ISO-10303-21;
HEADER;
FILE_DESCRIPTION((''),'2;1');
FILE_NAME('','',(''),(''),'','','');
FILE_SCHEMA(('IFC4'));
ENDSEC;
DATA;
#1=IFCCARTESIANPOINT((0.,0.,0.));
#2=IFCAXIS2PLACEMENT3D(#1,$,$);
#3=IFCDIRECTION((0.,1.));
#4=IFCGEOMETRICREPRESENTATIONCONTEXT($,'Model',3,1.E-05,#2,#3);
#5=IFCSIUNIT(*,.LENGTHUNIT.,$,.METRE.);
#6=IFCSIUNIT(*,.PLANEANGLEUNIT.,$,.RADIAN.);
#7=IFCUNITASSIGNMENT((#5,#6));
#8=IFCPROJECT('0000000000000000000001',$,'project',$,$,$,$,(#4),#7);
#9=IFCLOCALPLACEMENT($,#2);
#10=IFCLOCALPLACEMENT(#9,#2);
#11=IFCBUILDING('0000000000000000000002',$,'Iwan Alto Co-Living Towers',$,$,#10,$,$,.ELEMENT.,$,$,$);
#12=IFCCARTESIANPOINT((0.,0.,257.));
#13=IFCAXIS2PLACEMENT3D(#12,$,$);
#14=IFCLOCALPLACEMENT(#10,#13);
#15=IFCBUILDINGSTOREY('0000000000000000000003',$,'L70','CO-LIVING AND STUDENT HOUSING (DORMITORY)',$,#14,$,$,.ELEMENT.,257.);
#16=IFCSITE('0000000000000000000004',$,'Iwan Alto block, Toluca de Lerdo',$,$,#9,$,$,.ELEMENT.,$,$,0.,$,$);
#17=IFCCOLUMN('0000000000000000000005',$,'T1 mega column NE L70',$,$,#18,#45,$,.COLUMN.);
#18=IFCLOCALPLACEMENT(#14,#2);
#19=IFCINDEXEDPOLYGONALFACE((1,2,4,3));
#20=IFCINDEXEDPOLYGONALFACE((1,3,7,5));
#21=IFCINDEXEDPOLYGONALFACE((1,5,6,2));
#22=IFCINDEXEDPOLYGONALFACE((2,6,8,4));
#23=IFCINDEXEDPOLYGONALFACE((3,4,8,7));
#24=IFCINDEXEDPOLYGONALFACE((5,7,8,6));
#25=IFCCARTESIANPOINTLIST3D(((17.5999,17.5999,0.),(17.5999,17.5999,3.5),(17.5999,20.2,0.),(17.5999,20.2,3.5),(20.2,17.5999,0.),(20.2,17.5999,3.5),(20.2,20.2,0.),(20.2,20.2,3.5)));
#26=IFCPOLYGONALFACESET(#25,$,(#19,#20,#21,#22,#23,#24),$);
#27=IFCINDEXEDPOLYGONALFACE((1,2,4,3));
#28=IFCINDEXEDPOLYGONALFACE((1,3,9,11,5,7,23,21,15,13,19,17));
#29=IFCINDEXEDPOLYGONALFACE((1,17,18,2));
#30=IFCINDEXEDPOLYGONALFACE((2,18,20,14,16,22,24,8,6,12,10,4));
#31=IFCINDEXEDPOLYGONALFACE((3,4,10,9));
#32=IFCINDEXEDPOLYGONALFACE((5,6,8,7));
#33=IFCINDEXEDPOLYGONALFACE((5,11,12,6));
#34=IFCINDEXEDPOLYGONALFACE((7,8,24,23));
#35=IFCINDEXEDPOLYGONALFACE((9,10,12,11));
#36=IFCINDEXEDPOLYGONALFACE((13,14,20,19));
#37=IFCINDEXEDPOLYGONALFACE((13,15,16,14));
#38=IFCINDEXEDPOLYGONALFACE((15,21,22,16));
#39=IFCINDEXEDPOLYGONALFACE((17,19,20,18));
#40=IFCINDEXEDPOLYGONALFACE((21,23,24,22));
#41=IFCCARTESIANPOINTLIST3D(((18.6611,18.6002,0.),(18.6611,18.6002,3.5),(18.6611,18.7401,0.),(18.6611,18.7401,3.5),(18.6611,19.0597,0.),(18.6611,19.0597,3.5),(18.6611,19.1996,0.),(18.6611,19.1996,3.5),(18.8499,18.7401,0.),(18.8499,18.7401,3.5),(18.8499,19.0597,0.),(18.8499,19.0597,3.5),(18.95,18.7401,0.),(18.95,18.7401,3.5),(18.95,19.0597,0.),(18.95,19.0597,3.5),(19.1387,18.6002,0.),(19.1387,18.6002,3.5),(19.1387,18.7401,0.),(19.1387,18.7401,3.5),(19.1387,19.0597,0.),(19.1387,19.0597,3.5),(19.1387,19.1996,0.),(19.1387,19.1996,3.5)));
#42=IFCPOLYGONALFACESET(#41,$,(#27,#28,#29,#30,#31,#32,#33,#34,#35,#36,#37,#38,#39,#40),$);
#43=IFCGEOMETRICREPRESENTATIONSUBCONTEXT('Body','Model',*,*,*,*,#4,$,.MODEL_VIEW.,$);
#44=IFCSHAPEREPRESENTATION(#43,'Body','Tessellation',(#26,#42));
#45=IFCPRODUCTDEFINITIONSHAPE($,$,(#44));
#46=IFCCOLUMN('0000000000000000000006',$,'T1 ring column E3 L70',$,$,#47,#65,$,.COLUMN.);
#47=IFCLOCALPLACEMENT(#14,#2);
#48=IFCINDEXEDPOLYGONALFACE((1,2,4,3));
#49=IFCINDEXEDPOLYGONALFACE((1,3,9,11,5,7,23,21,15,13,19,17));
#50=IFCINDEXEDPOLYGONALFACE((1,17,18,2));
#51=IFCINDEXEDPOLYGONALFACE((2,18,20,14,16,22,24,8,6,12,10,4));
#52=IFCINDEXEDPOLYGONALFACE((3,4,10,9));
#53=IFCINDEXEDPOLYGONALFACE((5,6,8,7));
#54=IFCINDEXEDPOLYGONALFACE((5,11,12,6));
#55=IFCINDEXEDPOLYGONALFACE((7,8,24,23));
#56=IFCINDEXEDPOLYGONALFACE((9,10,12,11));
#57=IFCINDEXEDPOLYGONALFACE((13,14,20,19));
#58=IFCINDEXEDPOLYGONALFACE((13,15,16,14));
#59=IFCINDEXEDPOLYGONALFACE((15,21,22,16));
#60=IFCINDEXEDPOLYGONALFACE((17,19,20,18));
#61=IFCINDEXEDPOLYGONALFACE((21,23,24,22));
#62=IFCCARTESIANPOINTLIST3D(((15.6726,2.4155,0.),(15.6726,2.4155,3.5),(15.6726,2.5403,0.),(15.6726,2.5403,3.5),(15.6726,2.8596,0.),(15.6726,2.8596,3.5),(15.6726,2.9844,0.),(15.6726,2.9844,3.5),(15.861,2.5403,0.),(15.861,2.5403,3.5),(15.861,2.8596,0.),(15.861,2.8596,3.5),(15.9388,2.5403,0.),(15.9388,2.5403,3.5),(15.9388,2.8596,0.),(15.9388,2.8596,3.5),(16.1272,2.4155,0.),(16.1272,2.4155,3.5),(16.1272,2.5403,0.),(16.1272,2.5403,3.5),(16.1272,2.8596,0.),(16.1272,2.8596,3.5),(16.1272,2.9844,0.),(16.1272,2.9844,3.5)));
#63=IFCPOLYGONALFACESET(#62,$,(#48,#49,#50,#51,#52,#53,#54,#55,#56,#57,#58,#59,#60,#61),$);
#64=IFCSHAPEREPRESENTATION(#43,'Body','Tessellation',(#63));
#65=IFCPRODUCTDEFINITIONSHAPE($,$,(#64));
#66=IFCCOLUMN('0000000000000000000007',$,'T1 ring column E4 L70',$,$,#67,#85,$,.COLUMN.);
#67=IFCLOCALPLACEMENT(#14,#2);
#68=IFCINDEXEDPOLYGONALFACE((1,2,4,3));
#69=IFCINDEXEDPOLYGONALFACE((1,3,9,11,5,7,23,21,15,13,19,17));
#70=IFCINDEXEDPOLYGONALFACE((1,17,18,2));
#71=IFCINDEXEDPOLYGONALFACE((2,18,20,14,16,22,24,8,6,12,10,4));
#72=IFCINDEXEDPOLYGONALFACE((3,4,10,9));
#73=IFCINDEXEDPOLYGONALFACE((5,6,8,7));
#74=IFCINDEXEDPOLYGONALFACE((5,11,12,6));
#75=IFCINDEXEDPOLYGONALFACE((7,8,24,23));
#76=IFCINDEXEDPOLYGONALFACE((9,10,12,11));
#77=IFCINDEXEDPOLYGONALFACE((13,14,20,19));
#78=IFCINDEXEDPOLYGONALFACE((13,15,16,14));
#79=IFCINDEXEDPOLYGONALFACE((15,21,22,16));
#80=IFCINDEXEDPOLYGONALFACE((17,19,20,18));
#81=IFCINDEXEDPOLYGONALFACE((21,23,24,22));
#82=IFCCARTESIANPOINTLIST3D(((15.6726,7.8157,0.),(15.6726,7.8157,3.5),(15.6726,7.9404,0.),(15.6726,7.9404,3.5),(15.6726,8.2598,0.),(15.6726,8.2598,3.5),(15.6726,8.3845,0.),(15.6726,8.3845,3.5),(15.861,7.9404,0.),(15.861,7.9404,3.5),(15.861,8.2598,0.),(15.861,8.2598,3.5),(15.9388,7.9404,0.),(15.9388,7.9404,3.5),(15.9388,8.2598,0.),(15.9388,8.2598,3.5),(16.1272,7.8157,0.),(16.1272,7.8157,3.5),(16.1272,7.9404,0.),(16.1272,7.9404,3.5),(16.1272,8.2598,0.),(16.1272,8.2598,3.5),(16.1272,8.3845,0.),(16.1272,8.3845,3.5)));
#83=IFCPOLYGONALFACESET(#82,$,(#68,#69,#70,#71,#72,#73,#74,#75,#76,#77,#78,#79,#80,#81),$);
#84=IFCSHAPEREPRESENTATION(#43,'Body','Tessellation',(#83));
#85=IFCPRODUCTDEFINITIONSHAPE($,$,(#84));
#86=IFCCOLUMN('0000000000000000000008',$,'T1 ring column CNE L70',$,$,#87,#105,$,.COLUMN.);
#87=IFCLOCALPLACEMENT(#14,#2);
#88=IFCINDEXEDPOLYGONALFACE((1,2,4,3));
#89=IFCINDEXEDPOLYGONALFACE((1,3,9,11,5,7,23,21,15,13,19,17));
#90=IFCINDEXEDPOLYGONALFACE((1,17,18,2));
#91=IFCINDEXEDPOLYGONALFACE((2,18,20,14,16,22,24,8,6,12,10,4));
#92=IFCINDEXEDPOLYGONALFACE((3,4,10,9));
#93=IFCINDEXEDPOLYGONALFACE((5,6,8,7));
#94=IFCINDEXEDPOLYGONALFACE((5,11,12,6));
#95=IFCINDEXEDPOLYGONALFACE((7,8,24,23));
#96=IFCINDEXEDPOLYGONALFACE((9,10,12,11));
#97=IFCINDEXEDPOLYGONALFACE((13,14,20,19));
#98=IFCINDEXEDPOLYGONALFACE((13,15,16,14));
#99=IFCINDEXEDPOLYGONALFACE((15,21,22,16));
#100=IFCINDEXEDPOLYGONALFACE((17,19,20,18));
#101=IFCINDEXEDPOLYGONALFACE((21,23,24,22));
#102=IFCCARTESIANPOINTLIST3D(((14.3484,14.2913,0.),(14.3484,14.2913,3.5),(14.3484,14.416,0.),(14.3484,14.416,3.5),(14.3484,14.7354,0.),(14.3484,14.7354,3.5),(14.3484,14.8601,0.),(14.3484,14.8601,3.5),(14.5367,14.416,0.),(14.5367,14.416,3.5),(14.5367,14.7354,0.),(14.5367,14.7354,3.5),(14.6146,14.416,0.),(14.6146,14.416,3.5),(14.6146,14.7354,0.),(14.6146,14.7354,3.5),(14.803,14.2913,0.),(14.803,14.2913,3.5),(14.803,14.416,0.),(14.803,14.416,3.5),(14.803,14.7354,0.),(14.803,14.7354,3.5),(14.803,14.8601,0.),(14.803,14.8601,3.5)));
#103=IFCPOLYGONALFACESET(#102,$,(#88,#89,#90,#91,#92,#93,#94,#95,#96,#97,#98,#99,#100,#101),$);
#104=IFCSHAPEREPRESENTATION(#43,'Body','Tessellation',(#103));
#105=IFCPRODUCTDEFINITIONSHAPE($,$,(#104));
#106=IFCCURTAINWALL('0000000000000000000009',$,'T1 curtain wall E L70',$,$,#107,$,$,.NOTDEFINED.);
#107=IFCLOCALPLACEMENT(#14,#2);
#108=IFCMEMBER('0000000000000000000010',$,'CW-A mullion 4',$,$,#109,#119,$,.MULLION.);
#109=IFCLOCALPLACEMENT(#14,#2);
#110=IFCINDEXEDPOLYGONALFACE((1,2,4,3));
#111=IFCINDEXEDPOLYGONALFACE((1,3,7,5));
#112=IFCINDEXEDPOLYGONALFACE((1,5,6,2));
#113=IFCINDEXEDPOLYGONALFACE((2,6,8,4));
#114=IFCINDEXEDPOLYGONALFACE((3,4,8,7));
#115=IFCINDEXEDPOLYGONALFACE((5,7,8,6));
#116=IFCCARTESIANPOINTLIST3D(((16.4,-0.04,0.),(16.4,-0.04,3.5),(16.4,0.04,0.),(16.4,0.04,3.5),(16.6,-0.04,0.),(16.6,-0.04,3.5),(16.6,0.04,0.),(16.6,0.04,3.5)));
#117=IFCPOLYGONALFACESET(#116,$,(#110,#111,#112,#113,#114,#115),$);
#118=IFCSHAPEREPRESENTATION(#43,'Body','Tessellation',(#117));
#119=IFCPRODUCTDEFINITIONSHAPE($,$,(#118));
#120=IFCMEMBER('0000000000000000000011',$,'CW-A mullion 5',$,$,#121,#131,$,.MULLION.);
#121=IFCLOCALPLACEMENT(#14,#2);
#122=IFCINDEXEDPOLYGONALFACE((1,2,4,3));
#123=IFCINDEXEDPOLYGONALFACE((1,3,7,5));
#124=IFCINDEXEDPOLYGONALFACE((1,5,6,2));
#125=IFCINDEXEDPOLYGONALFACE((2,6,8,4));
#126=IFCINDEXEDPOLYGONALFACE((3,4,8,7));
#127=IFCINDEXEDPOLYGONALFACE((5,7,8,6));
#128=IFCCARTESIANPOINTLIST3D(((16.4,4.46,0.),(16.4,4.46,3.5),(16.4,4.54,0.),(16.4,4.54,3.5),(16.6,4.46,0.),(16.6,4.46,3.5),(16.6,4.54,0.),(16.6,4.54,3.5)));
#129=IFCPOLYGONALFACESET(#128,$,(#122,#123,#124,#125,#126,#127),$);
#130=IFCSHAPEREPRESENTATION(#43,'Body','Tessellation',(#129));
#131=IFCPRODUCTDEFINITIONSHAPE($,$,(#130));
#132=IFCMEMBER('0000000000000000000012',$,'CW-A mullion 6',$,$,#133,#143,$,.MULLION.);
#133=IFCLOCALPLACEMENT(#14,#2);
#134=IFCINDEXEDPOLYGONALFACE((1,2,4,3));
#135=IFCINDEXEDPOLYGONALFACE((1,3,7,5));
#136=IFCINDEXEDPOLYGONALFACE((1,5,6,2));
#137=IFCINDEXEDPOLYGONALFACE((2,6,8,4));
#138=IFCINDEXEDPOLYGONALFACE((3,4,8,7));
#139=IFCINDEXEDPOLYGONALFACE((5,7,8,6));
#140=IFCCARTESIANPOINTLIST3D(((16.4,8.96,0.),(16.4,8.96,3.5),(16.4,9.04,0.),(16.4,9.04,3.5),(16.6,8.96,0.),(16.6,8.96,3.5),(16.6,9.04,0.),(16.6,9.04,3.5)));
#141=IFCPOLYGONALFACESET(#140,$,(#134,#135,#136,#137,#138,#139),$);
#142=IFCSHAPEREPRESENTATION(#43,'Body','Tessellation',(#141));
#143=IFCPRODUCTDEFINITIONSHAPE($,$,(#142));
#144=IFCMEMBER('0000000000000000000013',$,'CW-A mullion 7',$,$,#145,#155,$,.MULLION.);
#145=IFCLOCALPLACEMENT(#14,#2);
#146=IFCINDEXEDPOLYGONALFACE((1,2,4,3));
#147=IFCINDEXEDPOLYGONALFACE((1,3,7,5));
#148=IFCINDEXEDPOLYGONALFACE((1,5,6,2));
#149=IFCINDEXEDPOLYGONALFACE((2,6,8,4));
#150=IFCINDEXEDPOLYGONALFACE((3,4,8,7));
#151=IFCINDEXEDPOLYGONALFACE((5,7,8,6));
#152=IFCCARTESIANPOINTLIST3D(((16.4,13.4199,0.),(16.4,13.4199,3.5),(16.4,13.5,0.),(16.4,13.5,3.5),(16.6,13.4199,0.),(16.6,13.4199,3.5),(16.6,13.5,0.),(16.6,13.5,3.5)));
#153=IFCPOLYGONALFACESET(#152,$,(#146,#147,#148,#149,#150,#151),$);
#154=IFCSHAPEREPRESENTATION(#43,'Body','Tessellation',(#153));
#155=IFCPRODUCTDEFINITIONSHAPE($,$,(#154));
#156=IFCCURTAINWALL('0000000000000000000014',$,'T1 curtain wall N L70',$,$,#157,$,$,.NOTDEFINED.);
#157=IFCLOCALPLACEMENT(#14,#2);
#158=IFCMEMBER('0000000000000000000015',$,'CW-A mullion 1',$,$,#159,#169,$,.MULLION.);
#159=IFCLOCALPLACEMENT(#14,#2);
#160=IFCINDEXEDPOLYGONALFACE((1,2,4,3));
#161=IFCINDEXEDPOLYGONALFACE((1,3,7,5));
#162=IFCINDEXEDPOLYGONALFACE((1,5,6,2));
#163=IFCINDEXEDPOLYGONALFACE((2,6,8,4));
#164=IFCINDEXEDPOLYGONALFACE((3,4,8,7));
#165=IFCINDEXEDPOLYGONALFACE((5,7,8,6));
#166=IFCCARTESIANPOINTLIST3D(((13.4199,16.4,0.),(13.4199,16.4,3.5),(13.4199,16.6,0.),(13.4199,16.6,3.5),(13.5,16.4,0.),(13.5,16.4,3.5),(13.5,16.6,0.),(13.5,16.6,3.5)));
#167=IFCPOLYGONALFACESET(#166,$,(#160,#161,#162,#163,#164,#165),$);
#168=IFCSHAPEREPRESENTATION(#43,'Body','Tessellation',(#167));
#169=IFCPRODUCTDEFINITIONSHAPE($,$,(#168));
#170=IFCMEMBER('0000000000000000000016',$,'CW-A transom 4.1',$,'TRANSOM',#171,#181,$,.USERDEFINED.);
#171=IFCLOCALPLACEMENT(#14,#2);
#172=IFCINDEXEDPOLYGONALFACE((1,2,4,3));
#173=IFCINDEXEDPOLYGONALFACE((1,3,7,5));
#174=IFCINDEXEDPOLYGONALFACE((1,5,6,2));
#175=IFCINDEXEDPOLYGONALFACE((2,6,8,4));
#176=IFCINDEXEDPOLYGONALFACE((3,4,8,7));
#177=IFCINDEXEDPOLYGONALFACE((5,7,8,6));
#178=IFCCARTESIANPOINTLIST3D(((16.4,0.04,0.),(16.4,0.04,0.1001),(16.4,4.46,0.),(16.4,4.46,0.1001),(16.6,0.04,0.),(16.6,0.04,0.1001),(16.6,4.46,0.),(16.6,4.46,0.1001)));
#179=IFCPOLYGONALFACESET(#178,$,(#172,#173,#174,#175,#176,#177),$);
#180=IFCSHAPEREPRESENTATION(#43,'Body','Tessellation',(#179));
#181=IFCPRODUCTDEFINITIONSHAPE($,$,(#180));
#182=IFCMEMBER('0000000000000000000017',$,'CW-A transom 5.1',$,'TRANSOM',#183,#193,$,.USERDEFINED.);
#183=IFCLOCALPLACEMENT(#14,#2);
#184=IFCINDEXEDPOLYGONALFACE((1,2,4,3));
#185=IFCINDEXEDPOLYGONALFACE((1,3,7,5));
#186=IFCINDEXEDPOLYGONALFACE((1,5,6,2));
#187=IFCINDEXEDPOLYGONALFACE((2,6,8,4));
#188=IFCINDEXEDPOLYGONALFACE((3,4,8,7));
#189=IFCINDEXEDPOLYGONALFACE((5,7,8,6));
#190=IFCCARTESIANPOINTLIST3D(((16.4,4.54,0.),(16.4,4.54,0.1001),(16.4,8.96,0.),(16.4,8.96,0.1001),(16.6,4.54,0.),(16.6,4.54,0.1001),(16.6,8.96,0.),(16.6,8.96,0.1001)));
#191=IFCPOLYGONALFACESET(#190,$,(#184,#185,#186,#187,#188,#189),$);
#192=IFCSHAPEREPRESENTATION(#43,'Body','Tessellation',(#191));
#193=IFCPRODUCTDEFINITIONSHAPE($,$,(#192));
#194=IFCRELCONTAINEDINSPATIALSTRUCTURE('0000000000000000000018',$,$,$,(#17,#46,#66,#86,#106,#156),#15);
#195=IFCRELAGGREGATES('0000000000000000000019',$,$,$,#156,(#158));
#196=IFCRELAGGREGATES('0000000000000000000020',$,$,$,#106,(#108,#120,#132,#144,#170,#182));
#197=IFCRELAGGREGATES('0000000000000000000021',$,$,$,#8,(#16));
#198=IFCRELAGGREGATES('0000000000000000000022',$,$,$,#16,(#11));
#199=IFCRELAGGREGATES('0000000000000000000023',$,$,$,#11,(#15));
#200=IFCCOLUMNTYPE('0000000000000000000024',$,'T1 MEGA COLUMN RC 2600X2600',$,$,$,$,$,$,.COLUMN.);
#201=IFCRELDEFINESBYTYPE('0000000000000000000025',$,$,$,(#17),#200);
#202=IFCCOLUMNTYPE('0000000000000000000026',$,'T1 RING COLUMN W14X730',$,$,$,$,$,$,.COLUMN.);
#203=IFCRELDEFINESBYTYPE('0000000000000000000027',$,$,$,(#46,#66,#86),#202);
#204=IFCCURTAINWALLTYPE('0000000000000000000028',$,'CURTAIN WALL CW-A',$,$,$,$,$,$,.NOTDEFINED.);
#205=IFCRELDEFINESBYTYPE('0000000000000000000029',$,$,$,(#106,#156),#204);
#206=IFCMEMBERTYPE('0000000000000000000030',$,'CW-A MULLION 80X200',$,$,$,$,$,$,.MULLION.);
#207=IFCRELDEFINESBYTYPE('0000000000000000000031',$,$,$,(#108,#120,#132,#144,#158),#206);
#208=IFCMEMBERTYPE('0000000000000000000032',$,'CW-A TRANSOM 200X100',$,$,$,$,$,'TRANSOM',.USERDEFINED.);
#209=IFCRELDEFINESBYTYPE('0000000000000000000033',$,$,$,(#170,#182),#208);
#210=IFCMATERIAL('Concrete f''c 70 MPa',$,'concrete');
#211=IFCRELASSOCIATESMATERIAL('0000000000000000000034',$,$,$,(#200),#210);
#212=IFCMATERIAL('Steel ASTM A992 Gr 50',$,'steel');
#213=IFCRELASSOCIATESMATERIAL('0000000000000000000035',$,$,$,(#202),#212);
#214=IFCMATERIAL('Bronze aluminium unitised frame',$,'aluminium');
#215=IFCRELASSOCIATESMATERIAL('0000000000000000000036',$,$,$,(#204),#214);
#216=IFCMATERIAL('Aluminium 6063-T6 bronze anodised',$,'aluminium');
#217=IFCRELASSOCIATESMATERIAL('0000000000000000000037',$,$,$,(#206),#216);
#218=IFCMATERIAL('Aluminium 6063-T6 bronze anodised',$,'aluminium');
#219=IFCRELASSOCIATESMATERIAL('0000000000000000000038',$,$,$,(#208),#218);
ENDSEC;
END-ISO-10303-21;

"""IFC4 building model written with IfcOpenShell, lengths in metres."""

from ifc_helpers import new_model, si_unit, direction, frame, origin, origin_2d, place, context, subcontext, project, spatial, rectangle, i_section, extrude, material, material_profile, profile_set, type_object, element, aggregate, save


model = new_model("IFC4")

# Units and contexts
model_context = context("Model", 3, precision=1e-05, world=origin(), true_north=direction((0.0, 1.0)))
body_context = subcontext(model_context, "Body", "Model", "MODEL_VIEW")
ifc_project = project(units=[si_unit("LENGTHUNIT", "METRE"), si_unit("PLANEANGLEUNIT", "RADIAN")], contexts=[model_context])

# Site, building, storey
site_placement = place(None, origin())
site = spatial("IfcSite", under=ifc_project, at=site_placement, Name="Iwan Alto block, Toluca de Lerdo", CompositionType="ELEMENT", RefElevation=0.0)
building_placement = place(site_placement, origin())
building = spatial("IfcBuilding", under=site, at=building_placement, Name="Iwan Alto Co-Living Towers", CompositionType="ELEMENT")
storey_placement = place(building_placement, frame((0.0, 0.0, 257.0)))
storey = spatial("IfcBuildingStorey", under=building, at=storey_placement, Name="L70", Description="CO-LIVING AND STUDENT HOUSING (DORMITORY)", CompositionType="ELEMENT", Elevation=257.0)

# Columns
ifc_material_1 = material(Name="Concrete f'c 70 MPa", Category="concrete")
ifc_material_profile_1 = material_profile(ifc_material_1, rectangle(XDim=2.6001, YDim=2.6001, at=origin_2d()), Name="RC 2600X2600")
ifc_profile_set_1 = profile_set([ifc_material_profile_1], Name="Concrete f'c 70 MPa")
column_type_1 = type_object("IfcColumnType", Name="T1 MEGA COLUMN RC 2600X2600", PredefinedType="COLUMN", material=ifc_profile_set_1)
column_placement = place(storey_placement, frame((18.8999, 18.8999, 0.0), z_axis=(0.0, 0.0, 1.0), x_axis=(1.0, 0.0, 0.0)))
element("IfcColumn", 1, at=column_placement, inside=storey, type_object=column_type_1, Name="T1 mega column NE L70", PredefinedType="COLUMN", context=body_context, shape_type="SweptSolid", body=[
    extrude(rectangle(XDim=2.6001, YDim=2.6001, at=origin_2d()), origin(), (0.0, 0.0, 1.0), 3.5),
    extrude(i_section(OverallWidth=0.4775, OverallDepth=0.5994, WebThickness=0.1001, FlangeThickness=0.1399, at=origin_2d()), origin(), (0.0, 0.0, 1.0), 3.5),
])
ifc_material_2 = material(Name="Steel ASTM A992 Gr 50", Category="steel")
ifc_material_profile_2 = material_profile(ifc_material_2, i_section(OverallWidth=0.4546, OverallDepth=0.5688, WebThickness=0.0779, FlangeThickness=0.1248, at=origin_2d()), Name="W14X730")
ifc_profile_set_2 = profile_set([ifc_material_profile_2], Name="Steel ASTM A992 Gr 50")
column_type_2 = type_object("IfcColumnType", Name="T1 RING COLUMN W14X730", PredefinedType="COLUMN", material=ifc_profile_set_2)
for number, where, z_axis, x_axis, name in (
    (2, (15.8999, 2.7, 0.0), (0.0, 0.0, 1.0), (1.0, 0.0, 0.0), "T1 ring column E3 L70"),
    (3, (15.8999, 8.1001, 0.0), (0.0, 0.0, 1.0), (1.0, 0.0, 0.0), "T1 ring column E4 L70"),
    (4, (14.5757, 14.5757, 0.0), (0.0, 0.0, 1.0), (1.0, 0.0, 0.0), "T1 ring column CNE L70"),
):
    element("IfcColumn", number, at=place(storey_placement, frame(where, z_axis=z_axis, x_axis=x_axis)), inside=storey, type_object=column_type_2, Name=name, PredefinedType="COLUMN", context=body_context, shape_type="SweptSolid", body=[
        extrude(i_section(OverallWidth=0.4546, OverallDepth=0.5688, WebThickness=0.0779, FlangeThickness=0.1248, at=origin_2d()), origin(), (0.0, 0.0, 1.0), 3.5),
    ])

# Curtain wall, members
ifc_material_3 = material(Name="Bronze aluminium unitised frame", Category="aluminium")
curtain_wall_type_1 = type_object("IfcCurtainWallType", Name="CURTAIN WALL CW-A", PredefinedType="NOTDEFINED", material=ifc_material_3)
curtain_wall_1_placement = place(storey_placement, origin())
curtain_wall_1 = element("IfcCurtainWall", 5, at=curtain_wall_1_placement, inside=storey, type_object=curtain_wall_type_1, Name="T1 curtain wall E L70", PredefinedType="NOTDEFINED")
ifc_material_4 = material(Name="Aluminium 6063-T6 bronze anodised", Category="aluminium")
ifc_material_profile_3 = material_profile(ifc_material_4, rectangle(XDim=0.2, YDim=0.0801, at=origin_2d()), Name="AL 80X200")
ifc_profile_set_3 = profile_set([ifc_material_profile_3], Name="Aluminium 6063-T6 bronze anodised")
member_type_1 = type_object("IfcMemberType", Name="CW-A MULLION 80X200", PredefinedType="MULLION", material=ifc_profile_set_3)
member_1_placement = place(storey_placement, frame((16.5, 0.0, 0.0), z_axis=(0.0, 0.0, 1.0), x_axis=(-1.0, 0.0, 0.0)))
member_1 = element("IfcMember", 6, at=member_1_placement, type_object=member_type_1, Name="CW-A mullion 4", PredefinedType="MULLION", context=body_context, shape_type="SweptSolid", body=[
    extrude(rectangle(XDim=0.2, YDim=0.0801, at=origin_2d()), origin(), (0.0, 0.0, 1.0), 3.5),
])
member_2_placement = place(storey_placement, frame((16.5, 4.5, 0.0), z_axis=(0.0, 0.0, 1.0), x_axis=(-1.0, 0.0, 0.0)))
member_2 = element("IfcMember", 7, at=member_2_placement, type_object=member_type_1, Name="CW-A mullion 5", PredefinedType="MULLION", context=body_context, shape_type="SweptSolid", body=[
    extrude(rectangle(XDim=0.2, YDim=0.0801, at=origin_2d()), origin(), (0.0, 0.0, 1.0), 3.5),
])
member_3_placement = place(storey_placement, frame((16.5, 9.0, 0.0), z_axis=(0.0, 0.0, 1.0), x_axis=(-1.0, 0.0, 0.0)))
member_3 = element("IfcMember", 8, at=member_3_placement, type_object=member_type_1, Name="CW-A mullion 6", PredefinedType="MULLION", context=body_context, shape_type="SweptSolid", body=[
    extrude(rectangle(XDim=0.2, YDim=0.0801, at=origin_2d()), origin(), (0.0, 0.0, 1.0), 3.5),
])
member_4_placement = place(storey_placement, frame((16.5, 13.46, 0.0), z_axis=(0.0, 0.0, 1.0), x_axis=(-1.0, 0.0, 0.0)))
member_4 = element("IfcMember", 9, at=member_4_placement, type_object=member_type_1, Name="CW-A mullion 7", PredefinedType="MULLION", context=body_context, shape_type="SweptSolid", body=[
    extrude(rectangle(XDim=0.2, YDim=0.0801, at=origin_2d()), origin(), (0.0, 0.0, 1.0), 3.5),
])

# Curtain wall, member
curtain_wall_2_placement = place(storey_placement, origin())
curtain_wall_2 = element("IfcCurtainWall", 10, at=curtain_wall_2_placement, inside=storey, type_object=curtain_wall_type_1, Name="T1 curtain wall N L70", PredefinedType="NOTDEFINED")
member_5_placement = place(storey_placement, frame((13.46, 16.5, 0.0), z_axis=(0.0, 0.0, 1.0), x_axis=(0.0, -1.0, 0.0)))
member_5 = element("IfcMember", 11, at=member_5_placement, type_object=member_type_1, Name="CW-A mullion 1", PredefinedType="MULLION", context=body_context, shape_type="SweptSolid", body=[
    extrude(rectangle(XDim=0.2, YDim=0.0801, at=origin_2d()), origin(), (0.0, 0.0, 1.0), 3.5),
])

# Members
ifc_material_5 = material(Name="Aluminium 6063-T6 bronze anodised", Category="aluminium")
ifc_material_profile_4 = material_profile(ifc_material_5, rectangle(XDim=0.2, YDim=0.1001, at=origin_2d()), Name="AL 200X100")
ifc_profile_set_4 = profile_set([ifc_material_profile_4], Name="Aluminium 6063-T6 bronze anodised")
member_type_2 = type_object("IfcMemberType", Name="CW-A TRANSOM 200X100", ElementType="TRANSOM", PredefinedType="USERDEFINED", material=ifc_profile_set_4)
member_6_placement = place(storey_placement, frame((16.5, 0.04, 0.05), z_axis=(0.0, 1.0, 0.0), x_axis=(-1.0, 0.0, 0.0)))
member_6 = element("IfcMember", 12, at=member_6_placement, type_object=member_type_2, Name="CW-A transom 4.1", ObjectType="TRANSOM", PredefinedType="USERDEFINED", context=body_context, shape_type="SweptSolid", body=[
    extrude(rectangle(XDim=0.2, YDim=0.1001, at=origin_2d()), origin(), (0.0, 0.0, 1.0), 4.4199),
])
member_7_placement = place(storey_placement, frame((16.5, 4.54, 0.05), z_axis=(0.0, 1.0, 0.0), x_axis=(-1.0, 0.0, 0.0)))
member_7 = element("IfcMember", 13, at=member_7_placement, type_object=member_type_2, Name="CW-A transom 5.1", ObjectType="TRANSOM", PredefinedType="USERDEFINED", context=body_context, shape_type="SweptSolid", body=[
    extrude(rectangle(XDim=0.2, YDim=0.1001, at=origin_2d()), origin(), (0.0, 0.0, 1.0), 4.4199),
])
aggregate(curtain_wall_2, [member_5])

aggregate(curtain_wall_1, [member_1, member_2, member_3, member_4, member_6, member_7])

save(model, "model.ifc")
